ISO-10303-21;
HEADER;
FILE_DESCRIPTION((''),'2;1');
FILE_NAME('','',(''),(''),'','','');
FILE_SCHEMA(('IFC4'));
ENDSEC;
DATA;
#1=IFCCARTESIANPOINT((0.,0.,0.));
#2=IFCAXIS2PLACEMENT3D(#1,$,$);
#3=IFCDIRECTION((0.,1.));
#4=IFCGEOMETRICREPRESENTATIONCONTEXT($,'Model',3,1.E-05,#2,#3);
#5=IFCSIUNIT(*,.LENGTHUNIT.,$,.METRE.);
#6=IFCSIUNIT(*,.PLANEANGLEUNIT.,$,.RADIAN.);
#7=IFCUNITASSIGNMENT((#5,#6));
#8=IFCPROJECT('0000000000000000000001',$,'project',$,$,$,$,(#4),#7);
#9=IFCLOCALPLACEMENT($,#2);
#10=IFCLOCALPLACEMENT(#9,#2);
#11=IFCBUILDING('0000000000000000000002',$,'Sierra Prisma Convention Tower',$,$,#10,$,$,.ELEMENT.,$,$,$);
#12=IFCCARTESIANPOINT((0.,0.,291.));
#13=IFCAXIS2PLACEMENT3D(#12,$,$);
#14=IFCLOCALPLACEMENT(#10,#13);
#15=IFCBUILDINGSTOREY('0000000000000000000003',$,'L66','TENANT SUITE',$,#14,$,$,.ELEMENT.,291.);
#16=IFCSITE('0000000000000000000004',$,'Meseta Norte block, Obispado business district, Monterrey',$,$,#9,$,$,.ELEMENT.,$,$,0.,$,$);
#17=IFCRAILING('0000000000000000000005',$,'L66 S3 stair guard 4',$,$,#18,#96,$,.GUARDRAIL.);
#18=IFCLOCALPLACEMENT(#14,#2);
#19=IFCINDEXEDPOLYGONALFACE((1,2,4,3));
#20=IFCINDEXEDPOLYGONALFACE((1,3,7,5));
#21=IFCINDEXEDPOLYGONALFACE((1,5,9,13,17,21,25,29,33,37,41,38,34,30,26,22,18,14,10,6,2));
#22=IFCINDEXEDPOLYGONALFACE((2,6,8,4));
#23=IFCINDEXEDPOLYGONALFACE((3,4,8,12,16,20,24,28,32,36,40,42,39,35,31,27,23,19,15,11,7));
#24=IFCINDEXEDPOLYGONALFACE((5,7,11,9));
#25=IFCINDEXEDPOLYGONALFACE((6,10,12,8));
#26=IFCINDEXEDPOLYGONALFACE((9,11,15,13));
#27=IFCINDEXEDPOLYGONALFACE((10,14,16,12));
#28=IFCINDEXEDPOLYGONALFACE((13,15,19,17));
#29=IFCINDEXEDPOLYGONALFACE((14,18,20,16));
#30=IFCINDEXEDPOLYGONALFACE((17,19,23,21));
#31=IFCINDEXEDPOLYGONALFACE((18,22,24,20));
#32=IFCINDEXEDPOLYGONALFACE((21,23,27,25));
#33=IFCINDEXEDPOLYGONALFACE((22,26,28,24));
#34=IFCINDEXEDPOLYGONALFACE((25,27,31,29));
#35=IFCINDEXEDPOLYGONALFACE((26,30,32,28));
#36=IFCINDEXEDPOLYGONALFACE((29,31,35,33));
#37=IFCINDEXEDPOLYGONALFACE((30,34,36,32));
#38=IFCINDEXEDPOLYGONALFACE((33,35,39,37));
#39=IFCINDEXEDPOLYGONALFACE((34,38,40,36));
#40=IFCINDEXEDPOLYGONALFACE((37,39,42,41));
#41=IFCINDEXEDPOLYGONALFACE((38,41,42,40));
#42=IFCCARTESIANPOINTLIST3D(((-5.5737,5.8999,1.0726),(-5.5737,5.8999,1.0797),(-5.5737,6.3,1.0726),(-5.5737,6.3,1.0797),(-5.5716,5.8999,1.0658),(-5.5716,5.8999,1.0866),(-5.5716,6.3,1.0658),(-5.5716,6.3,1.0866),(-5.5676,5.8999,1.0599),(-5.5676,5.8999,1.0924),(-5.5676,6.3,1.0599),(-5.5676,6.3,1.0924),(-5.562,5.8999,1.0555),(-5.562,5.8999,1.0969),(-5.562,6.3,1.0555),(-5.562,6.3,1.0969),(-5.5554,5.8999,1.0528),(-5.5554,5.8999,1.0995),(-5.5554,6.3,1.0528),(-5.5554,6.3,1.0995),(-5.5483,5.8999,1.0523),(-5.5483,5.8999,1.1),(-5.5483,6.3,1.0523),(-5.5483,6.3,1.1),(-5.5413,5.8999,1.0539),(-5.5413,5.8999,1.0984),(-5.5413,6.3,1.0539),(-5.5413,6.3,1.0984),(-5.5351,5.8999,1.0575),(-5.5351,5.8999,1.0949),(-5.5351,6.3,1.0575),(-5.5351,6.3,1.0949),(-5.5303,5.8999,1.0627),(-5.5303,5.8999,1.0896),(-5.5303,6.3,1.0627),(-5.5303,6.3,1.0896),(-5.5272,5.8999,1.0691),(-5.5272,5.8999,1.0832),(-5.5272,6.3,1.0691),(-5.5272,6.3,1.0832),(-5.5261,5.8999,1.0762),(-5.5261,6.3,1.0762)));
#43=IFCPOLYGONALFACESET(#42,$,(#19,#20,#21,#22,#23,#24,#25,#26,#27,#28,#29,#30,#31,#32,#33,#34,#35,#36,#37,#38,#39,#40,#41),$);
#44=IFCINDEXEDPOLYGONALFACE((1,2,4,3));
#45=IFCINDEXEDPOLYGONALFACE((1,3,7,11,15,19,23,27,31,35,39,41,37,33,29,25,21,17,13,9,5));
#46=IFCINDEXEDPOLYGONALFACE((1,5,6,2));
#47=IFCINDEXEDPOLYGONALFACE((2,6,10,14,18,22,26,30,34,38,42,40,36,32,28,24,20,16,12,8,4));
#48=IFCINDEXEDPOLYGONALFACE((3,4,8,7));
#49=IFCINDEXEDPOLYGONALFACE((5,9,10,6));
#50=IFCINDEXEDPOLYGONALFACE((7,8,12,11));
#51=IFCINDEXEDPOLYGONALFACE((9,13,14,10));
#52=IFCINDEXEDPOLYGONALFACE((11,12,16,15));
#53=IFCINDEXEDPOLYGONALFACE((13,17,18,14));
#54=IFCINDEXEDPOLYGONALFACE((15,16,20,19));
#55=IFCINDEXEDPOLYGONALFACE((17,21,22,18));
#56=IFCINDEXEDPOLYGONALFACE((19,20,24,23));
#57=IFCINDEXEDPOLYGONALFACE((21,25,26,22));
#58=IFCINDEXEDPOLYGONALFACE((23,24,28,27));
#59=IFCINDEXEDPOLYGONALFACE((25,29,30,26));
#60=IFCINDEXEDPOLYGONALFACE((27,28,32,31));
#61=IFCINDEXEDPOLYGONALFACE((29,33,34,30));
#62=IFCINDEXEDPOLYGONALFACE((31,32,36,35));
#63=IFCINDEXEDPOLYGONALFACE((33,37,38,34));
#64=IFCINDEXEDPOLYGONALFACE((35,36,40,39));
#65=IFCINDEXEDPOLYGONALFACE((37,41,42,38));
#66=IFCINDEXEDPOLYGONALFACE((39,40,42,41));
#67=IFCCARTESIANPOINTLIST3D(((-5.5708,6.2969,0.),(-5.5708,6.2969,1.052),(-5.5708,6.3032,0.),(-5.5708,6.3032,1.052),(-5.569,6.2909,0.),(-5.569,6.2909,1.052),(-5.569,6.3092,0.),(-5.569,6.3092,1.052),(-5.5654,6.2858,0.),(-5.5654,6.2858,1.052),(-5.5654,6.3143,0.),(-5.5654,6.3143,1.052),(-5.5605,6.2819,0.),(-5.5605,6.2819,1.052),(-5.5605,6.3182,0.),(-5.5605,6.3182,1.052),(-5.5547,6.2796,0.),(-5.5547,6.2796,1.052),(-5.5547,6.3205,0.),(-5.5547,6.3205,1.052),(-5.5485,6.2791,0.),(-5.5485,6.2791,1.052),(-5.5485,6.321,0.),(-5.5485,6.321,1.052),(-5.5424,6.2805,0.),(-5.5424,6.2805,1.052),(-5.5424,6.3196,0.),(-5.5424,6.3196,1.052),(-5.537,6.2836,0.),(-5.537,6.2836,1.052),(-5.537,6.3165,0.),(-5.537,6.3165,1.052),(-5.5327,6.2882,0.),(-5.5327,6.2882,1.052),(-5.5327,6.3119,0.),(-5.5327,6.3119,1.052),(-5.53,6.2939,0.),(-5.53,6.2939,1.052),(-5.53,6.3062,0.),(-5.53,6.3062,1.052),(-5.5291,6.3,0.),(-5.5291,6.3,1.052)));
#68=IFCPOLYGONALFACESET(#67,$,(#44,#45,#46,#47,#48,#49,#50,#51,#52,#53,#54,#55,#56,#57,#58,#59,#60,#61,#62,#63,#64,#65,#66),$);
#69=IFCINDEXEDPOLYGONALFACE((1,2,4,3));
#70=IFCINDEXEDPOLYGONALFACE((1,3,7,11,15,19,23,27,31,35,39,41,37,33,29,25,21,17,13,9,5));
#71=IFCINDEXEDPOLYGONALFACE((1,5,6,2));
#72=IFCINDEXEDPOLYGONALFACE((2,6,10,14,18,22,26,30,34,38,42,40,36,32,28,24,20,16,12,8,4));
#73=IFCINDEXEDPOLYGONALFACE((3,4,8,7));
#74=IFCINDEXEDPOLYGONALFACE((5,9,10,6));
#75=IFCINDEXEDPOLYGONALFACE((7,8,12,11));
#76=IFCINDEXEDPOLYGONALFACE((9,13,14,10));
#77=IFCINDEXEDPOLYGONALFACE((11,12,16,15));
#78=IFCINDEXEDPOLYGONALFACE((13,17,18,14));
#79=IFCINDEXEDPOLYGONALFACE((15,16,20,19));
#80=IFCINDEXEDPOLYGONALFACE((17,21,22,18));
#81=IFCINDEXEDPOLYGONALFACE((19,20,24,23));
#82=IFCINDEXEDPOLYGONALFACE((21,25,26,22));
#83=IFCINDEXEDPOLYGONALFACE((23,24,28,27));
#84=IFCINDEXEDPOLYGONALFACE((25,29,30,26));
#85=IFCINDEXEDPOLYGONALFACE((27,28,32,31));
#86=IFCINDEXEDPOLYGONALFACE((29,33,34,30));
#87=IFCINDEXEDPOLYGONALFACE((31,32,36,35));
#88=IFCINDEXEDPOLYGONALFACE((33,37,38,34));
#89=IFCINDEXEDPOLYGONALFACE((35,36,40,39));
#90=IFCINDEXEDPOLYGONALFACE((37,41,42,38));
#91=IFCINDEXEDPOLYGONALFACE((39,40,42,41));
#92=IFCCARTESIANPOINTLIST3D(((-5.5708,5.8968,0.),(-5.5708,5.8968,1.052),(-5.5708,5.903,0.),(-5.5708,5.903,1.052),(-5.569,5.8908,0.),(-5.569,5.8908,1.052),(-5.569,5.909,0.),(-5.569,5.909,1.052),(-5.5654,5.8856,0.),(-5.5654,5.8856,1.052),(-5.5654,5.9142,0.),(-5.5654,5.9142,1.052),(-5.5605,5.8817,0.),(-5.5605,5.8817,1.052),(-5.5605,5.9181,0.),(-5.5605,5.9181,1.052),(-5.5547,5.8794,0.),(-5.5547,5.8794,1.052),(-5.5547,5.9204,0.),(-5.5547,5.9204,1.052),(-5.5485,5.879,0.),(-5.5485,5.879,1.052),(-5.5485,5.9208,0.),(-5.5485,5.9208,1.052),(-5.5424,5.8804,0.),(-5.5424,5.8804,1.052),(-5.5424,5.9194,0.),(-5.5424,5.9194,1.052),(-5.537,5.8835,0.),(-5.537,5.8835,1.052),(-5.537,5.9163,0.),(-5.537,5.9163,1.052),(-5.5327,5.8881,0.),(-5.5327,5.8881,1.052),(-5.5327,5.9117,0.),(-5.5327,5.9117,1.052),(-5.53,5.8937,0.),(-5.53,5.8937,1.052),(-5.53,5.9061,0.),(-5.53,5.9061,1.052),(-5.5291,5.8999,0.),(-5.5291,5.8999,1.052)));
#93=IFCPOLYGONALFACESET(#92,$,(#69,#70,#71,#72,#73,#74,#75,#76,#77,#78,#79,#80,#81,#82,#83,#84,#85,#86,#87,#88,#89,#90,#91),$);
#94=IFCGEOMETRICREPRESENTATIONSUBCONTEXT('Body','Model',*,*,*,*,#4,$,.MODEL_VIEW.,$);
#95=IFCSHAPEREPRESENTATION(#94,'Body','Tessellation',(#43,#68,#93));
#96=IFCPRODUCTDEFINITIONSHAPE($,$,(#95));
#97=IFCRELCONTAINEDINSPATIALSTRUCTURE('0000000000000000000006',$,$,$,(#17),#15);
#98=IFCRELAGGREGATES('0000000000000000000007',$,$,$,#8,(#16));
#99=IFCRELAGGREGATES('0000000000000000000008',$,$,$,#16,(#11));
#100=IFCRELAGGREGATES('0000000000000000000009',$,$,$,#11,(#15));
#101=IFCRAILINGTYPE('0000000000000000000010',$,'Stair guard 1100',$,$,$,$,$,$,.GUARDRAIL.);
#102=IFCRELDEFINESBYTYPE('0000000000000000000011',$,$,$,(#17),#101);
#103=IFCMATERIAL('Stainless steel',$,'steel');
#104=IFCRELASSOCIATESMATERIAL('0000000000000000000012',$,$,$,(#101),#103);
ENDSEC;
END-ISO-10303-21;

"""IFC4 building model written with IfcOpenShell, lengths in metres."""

from ifc_helpers import new_model, si_unit, direction, frame, origin, origin_2d, place, context, subcontext, project, spatial, circle, extrude, material, type_object, element, save


model = new_model("IFC4")

# Units and contexts
model_context = context("Model", 3, precision=1e-05, world=origin(), true_north=direction((0.0, 1.0)))
body_context = subcontext(model_context, "Body", "Model", "MODEL_VIEW")
ifc_project = project(units=[si_unit("LENGTHUNIT", "METRE"), si_unit("PLANEANGLEUNIT", "RADIAN")], contexts=[model_context])

# Site, building, storey
site_placement = place(None, origin())
site = spatial("IfcSite", under=ifc_project, at=site_placement, Name="Meseta Norte block, Obispado business district, Monterrey", CompositionType="ELEMENT", RefElevation=0.0)
building_placement = place(site_placement, origin())
building = spatial("IfcBuilding", under=site, at=building_placement, Name="Sierra Prisma Convention Tower", CompositionType="ELEMENT")
storey_placement = place(building_placement, frame((0.0, 0.0, 291.0)))
storey = spatial("IfcBuildingStorey", under=building, at=storey_placement, Name="L66", Description="TENANT SUITE", CompositionType="ELEMENT", Elevation=291.0)

# Railing
ifc_material_1 = material(Name="Stainless steel", Category="steel")
railing_type_1 = type_object("IfcRailingType", Name="Stair guard 1100", PredefinedType="GUARDRAIL", material=ifc_material_1)
railing_1_placement = place(storey_placement, frame((-5.55, 6.3, 0.0)))
element("IfcRailing", 1, at=railing_1_placement, inside=storey, type_object=railing_type_1, Name="L66 S3 stair guard 4", PredefinedType="GUARDRAIL", context=body_context, shape_type="SweptSolid", body=[
    extrude(circle(Radius=0.0239, at=origin_2d()), frame((0.0, 0.0, 1.0762), z_axis=(0.0, -1.0, 0.0), x_axis=(1.0, 0.0, 0.0)), (0.0, 0.0, 1.0), 0.4001),
    extrude(circle(Radius=0.021, at=origin_2d()), origin(), (0.0, 0.0, 1.0), 1.052),
    extrude(circle(Radius=0.021, at=origin_2d()), frame((0.0, -0.4001, 0.0)), (0.0, 0.0, 1.0), 1.052),
])

save(model, "model.ifc")
